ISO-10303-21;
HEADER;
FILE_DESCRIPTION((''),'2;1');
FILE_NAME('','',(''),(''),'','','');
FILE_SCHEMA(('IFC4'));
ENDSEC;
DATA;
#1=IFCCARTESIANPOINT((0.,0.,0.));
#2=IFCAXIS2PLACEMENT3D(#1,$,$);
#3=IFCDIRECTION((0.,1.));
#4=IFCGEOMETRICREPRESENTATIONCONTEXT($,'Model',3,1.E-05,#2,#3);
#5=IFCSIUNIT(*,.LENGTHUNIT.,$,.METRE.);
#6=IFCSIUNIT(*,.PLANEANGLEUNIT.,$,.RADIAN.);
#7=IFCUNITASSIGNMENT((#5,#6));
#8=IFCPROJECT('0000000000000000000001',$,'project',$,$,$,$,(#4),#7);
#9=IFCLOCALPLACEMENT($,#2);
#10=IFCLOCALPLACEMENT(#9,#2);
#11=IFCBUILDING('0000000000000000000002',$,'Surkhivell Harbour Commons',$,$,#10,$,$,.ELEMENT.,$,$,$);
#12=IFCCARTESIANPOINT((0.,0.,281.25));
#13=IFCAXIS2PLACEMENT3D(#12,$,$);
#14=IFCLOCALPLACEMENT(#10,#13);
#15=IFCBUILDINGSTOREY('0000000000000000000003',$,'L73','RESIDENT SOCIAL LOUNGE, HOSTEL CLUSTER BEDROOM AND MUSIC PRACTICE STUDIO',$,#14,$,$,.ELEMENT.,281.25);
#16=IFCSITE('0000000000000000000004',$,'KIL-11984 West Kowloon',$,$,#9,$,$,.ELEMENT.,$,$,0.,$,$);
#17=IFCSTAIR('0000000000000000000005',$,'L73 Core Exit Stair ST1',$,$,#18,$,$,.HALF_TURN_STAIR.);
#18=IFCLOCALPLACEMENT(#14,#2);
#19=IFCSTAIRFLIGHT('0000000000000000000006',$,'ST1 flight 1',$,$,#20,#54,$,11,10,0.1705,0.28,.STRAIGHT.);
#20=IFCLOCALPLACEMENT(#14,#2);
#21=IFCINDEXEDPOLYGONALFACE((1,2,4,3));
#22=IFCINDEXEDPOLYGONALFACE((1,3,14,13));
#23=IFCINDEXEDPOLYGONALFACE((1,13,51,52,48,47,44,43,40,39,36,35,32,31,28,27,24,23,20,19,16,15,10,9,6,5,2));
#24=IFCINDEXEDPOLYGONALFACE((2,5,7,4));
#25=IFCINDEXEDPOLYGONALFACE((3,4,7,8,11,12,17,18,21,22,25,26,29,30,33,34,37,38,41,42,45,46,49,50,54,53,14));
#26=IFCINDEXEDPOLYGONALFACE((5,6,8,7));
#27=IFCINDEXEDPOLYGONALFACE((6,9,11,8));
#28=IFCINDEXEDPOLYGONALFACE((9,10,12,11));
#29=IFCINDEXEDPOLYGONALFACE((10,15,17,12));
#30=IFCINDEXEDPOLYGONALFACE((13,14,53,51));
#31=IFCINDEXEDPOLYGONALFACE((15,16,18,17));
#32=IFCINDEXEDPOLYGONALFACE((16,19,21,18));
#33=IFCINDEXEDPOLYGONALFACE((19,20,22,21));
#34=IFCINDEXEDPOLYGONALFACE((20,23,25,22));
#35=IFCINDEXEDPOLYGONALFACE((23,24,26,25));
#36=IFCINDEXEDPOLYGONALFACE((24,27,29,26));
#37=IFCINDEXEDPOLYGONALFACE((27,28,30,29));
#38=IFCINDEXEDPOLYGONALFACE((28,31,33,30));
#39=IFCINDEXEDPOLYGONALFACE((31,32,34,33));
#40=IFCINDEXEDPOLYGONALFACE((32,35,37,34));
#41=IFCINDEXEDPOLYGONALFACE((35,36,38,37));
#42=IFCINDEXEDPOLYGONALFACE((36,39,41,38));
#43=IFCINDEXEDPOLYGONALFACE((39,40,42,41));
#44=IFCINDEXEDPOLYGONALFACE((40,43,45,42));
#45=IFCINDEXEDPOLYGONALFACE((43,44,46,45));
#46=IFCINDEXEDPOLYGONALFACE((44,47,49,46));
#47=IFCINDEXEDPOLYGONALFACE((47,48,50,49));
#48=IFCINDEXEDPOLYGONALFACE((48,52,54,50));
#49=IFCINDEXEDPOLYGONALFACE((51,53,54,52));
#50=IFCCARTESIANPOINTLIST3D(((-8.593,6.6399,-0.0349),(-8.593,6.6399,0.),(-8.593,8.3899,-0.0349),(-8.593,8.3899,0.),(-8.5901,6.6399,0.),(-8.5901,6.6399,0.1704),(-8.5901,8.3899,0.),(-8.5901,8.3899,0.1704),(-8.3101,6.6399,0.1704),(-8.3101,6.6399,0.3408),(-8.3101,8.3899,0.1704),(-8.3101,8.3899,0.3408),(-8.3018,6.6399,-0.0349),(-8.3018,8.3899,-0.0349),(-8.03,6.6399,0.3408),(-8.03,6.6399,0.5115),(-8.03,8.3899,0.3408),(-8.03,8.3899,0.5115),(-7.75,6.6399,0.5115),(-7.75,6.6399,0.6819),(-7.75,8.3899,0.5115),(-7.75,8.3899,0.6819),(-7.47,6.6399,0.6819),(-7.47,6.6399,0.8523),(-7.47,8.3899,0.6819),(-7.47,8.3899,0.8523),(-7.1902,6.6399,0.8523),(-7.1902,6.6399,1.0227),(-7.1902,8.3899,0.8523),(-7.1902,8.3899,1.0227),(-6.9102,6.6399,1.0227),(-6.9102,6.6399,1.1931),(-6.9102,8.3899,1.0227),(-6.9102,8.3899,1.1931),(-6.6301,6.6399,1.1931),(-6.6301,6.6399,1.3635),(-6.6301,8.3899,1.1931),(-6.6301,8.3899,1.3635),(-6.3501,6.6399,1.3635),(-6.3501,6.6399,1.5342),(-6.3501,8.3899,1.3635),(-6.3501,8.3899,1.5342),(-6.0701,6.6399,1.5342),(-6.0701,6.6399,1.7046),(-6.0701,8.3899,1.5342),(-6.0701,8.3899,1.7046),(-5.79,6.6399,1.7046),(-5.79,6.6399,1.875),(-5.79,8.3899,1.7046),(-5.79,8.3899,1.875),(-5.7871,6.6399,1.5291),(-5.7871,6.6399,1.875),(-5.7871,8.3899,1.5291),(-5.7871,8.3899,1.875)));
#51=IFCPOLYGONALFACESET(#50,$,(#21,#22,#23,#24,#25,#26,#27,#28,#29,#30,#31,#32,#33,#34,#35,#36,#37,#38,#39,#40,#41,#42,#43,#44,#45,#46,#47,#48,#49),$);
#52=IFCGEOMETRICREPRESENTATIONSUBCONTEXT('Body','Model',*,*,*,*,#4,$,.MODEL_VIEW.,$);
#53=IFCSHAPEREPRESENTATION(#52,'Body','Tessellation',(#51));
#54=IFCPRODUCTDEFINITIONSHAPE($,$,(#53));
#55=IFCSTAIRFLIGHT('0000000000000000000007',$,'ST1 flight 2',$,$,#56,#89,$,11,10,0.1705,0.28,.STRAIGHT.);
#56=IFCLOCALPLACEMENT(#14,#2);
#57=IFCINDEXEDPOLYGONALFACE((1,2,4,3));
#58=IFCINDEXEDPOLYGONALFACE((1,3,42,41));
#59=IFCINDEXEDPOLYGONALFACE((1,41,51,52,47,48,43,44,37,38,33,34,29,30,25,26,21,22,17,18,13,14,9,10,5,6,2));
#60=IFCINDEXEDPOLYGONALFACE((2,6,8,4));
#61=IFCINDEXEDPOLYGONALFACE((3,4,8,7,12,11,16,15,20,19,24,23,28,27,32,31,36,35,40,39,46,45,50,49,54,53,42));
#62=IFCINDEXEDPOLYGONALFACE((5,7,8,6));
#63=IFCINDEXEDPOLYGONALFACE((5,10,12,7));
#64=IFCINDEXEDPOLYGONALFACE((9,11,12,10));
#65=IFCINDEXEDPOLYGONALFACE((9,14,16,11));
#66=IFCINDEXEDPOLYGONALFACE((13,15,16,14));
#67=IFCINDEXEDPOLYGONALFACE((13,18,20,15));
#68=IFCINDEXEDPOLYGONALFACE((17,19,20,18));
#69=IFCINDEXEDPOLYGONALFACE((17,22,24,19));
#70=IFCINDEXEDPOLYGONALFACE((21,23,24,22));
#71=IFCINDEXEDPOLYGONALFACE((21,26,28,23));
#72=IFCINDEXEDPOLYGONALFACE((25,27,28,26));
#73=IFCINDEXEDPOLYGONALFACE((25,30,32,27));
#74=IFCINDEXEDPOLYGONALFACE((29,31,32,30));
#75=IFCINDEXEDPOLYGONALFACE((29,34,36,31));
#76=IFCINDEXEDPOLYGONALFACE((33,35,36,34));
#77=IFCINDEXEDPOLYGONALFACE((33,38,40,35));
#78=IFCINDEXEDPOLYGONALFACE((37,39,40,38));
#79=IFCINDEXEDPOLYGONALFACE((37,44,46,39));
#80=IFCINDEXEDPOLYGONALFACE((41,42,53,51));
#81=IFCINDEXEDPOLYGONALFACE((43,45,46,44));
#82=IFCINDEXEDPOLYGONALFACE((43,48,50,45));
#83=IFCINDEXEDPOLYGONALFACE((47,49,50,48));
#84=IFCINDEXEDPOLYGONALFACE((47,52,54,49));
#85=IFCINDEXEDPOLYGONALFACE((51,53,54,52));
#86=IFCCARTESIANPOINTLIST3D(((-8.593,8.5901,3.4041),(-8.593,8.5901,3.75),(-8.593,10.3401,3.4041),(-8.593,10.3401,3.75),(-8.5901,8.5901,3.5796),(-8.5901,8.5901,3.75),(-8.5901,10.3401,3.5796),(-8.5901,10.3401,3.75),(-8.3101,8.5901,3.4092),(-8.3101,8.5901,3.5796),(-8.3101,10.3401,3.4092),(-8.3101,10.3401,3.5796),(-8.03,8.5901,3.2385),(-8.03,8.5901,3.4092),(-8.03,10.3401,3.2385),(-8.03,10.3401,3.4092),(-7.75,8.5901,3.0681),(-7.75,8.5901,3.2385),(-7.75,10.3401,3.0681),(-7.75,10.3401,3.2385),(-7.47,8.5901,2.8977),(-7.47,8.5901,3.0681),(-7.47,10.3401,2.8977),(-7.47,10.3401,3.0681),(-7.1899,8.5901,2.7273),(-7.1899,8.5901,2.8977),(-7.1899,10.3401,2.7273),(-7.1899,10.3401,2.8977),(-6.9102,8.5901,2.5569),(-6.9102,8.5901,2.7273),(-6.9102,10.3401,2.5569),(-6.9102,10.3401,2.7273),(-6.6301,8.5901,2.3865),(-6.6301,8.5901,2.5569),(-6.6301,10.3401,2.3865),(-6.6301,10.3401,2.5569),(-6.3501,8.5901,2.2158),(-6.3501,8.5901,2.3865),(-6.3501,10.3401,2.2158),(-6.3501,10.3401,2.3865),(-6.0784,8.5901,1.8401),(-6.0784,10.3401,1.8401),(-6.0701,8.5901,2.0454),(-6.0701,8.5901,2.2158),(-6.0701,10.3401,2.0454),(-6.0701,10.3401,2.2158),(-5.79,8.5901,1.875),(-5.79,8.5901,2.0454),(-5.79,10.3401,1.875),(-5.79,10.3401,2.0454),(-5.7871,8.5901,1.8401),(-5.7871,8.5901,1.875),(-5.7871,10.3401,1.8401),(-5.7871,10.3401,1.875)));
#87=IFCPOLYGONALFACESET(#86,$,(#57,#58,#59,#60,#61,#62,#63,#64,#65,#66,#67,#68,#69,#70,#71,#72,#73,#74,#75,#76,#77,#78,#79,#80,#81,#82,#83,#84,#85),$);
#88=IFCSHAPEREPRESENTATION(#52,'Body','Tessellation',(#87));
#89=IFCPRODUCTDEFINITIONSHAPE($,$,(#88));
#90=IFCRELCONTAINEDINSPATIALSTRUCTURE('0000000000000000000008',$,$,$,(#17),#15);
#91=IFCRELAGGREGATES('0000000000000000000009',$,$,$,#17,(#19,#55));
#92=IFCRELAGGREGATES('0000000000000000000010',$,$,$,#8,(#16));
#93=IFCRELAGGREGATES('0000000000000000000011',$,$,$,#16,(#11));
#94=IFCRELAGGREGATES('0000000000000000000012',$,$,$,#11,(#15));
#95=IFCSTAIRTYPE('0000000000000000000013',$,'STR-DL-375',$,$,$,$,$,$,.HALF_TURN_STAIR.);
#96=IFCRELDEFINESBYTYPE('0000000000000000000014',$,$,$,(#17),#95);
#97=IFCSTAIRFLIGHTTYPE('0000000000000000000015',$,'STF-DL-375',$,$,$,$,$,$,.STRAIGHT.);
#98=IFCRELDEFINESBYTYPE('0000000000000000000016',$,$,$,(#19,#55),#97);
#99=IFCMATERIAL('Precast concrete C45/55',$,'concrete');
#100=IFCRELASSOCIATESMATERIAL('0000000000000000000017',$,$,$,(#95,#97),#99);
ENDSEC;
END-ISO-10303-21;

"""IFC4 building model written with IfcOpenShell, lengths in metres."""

from ifc_helpers import new_model, si_unit, direction, frame, origin, place, context, subcontext, project, spatial, polyline, outline, extrude, material, type_object, element, aggregate, save


model = new_model("IFC4")

# Units and contexts
model_context = context("Model", 3, precision=1e-05, world=origin(), true_north=direction((0.0, 1.0)))
body_context = subcontext(model_context, "Body", "Model", "MODEL_VIEW")
ifc_project = project(units=[si_unit("LENGTHUNIT", "METRE"), si_unit("PLANEANGLEUNIT", "RADIAN")], contexts=[model_context])

# Site, building, storey
site_placement = place(None, origin())
site = spatial("IfcSite", under=ifc_project, at=site_placement, Name="KIL-11984 West Kowloon", CompositionType="ELEMENT", RefElevation=0.0)
building_placement = place(site_placement, origin())
building = spatial("IfcBuilding", under=site, at=building_placement, Name="Surkhivell Harbour Commons", CompositionType="ELEMENT")
storey_placement = place(building_placement, frame((0.0, 0.0, 281.25)))
storey = spatial("IfcBuildingStorey", under=building, at=storey_placement, Name="L73", Description="RESIDENT SOCIAL LOUNGE, HOSTEL CLUSTER BEDROOM AND MUSIC PRACTICE STUDIO", CompositionType="ELEMENT", Elevation=281.25)

# Stair, stair flights
ifc_material_1 = material(Name="Precast concrete C45/55", Category="concrete")
stair_type = type_object("IfcStairType", Name="STR-DL-375", PredefinedType="HALF_TURN_STAIR", material=ifc_material_1)
stair_placement = place(storey_placement, origin())
stair = element("IfcStair", 1, at=stair_placement, inside=storey, type_object=stair_type, Name="L73 Core Exit Stair ST1", PredefinedType="HALF_TURN_STAIR")
stair_flight_type = type_object("IfcStairFlightType", Name="STF-DL-375", PredefinedType="STRAIGHT", material=ifc_material_1)
stair_flight_1_placement = place(storey_placement, frame((-8.5901, 7.5149, 0.0), z_axis=(0.0, 0.0, 1.0), x_axis=(1.0, 0.0, 0.0)))
stair_flight_1 = element("IfcStairFlight", 2, at=stair_flight_1_placement, type_object=stair_flight_type, Name="ST1 flight 1", NumberOfRisers=11, NumberOfTreads=10, PredefinedType="STRAIGHT", RiserHeight=0.1705, TreadLength=0.28, context=body_context, shape_type="SweptSolid", body=[
    extrude(outline(polyline([(-0.0029, -0.0349), (-0.0029, 0.0), (0.0, 0.0), (0.0, 0.1704), (0.28, 0.1704), (0.28, 0.3408), (0.5601, 0.3408), (0.5601, 0.5115), (0.8401, 0.5115), (0.8401, 0.6819), (1.1201, 0.6819), (1.1201, 0.8523), (1.3999, 0.8523), (1.3999, 1.0227), (1.6799, 1.0227), (1.6799, 1.1931), (1.96, 1.1931), (1.96, 1.3635), (2.24, 1.3635), (2.24, 1.5342), (2.52, 1.5342), (2.52, 1.7046), (2.8, 1.7046), (2.8, 1.875), (2.803, 1.875), (2.803, 1.5291), (0.2883, -0.0349), (-0.0029, -0.0349)])), frame((0.0, 0.875, 0.0), z_axis=(0.0, -1.0, 0.0), x_axis=(1.0, 0.0, 0.0)), (0.0, 0.0, 1.0), 1.75),
])
stair_flight_2_placement = place(storey_placement, frame((-5.79, 9.4651, 1.875), z_axis=(0.0, 0.0, 1.0), x_axis=(-1.0, 0.0, 0.0)))
stair_flight_2 = element("IfcStairFlight", 3, at=stair_flight_2_placement, type_object=stair_flight_type, Name="ST1 flight 2", NumberOfRisers=11, NumberOfTreads=10, PredefinedType="STRAIGHT", RiserHeight=0.1705, TreadLength=0.28, context=body_context, shape_type="SweptSolid", body=[
    extrude(outline(polyline([(-0.0029, -0.0349), (-0.0029, 0.0), (0.0, 0.0), (0.0, 0.1704), (0.28, 0.1704), (0.28, 0.3408), (0.5601, 0.3408), (0.5601, 0.5115), (0.8401, 0.5115), (0.8401, 0.6819), (1.1201, 0.6819), (1.1201, 0.8523), (1.3999, 0.8523), (1.3999, 1.0227), (1.6799, 1.0227), (1.6799, 1.1931), (1.96, 1.1931), (1.96, 1.3635), (2.24, 1.3635), (2.24, 1.5342), (2.52, 1.5342), (2.52, 1.7046), (2.8, 1.7046), (2.8, 1.875), (2.803, 1.875), (2.803, 1.5291), (0.2883, -0.0349), (-0.0029, -0.0349)])), frame((0.0, 0.875, 0.0), z_axis=(0.0, -1.0, 0.0), x_axis=(1.0, 0.0, 0.0)), (0.0, 0.0, 1.0), 1.75),
])
aggregate(stair, [stair_flight_1, stair_flight_2])

save(model, "model.ifc")
